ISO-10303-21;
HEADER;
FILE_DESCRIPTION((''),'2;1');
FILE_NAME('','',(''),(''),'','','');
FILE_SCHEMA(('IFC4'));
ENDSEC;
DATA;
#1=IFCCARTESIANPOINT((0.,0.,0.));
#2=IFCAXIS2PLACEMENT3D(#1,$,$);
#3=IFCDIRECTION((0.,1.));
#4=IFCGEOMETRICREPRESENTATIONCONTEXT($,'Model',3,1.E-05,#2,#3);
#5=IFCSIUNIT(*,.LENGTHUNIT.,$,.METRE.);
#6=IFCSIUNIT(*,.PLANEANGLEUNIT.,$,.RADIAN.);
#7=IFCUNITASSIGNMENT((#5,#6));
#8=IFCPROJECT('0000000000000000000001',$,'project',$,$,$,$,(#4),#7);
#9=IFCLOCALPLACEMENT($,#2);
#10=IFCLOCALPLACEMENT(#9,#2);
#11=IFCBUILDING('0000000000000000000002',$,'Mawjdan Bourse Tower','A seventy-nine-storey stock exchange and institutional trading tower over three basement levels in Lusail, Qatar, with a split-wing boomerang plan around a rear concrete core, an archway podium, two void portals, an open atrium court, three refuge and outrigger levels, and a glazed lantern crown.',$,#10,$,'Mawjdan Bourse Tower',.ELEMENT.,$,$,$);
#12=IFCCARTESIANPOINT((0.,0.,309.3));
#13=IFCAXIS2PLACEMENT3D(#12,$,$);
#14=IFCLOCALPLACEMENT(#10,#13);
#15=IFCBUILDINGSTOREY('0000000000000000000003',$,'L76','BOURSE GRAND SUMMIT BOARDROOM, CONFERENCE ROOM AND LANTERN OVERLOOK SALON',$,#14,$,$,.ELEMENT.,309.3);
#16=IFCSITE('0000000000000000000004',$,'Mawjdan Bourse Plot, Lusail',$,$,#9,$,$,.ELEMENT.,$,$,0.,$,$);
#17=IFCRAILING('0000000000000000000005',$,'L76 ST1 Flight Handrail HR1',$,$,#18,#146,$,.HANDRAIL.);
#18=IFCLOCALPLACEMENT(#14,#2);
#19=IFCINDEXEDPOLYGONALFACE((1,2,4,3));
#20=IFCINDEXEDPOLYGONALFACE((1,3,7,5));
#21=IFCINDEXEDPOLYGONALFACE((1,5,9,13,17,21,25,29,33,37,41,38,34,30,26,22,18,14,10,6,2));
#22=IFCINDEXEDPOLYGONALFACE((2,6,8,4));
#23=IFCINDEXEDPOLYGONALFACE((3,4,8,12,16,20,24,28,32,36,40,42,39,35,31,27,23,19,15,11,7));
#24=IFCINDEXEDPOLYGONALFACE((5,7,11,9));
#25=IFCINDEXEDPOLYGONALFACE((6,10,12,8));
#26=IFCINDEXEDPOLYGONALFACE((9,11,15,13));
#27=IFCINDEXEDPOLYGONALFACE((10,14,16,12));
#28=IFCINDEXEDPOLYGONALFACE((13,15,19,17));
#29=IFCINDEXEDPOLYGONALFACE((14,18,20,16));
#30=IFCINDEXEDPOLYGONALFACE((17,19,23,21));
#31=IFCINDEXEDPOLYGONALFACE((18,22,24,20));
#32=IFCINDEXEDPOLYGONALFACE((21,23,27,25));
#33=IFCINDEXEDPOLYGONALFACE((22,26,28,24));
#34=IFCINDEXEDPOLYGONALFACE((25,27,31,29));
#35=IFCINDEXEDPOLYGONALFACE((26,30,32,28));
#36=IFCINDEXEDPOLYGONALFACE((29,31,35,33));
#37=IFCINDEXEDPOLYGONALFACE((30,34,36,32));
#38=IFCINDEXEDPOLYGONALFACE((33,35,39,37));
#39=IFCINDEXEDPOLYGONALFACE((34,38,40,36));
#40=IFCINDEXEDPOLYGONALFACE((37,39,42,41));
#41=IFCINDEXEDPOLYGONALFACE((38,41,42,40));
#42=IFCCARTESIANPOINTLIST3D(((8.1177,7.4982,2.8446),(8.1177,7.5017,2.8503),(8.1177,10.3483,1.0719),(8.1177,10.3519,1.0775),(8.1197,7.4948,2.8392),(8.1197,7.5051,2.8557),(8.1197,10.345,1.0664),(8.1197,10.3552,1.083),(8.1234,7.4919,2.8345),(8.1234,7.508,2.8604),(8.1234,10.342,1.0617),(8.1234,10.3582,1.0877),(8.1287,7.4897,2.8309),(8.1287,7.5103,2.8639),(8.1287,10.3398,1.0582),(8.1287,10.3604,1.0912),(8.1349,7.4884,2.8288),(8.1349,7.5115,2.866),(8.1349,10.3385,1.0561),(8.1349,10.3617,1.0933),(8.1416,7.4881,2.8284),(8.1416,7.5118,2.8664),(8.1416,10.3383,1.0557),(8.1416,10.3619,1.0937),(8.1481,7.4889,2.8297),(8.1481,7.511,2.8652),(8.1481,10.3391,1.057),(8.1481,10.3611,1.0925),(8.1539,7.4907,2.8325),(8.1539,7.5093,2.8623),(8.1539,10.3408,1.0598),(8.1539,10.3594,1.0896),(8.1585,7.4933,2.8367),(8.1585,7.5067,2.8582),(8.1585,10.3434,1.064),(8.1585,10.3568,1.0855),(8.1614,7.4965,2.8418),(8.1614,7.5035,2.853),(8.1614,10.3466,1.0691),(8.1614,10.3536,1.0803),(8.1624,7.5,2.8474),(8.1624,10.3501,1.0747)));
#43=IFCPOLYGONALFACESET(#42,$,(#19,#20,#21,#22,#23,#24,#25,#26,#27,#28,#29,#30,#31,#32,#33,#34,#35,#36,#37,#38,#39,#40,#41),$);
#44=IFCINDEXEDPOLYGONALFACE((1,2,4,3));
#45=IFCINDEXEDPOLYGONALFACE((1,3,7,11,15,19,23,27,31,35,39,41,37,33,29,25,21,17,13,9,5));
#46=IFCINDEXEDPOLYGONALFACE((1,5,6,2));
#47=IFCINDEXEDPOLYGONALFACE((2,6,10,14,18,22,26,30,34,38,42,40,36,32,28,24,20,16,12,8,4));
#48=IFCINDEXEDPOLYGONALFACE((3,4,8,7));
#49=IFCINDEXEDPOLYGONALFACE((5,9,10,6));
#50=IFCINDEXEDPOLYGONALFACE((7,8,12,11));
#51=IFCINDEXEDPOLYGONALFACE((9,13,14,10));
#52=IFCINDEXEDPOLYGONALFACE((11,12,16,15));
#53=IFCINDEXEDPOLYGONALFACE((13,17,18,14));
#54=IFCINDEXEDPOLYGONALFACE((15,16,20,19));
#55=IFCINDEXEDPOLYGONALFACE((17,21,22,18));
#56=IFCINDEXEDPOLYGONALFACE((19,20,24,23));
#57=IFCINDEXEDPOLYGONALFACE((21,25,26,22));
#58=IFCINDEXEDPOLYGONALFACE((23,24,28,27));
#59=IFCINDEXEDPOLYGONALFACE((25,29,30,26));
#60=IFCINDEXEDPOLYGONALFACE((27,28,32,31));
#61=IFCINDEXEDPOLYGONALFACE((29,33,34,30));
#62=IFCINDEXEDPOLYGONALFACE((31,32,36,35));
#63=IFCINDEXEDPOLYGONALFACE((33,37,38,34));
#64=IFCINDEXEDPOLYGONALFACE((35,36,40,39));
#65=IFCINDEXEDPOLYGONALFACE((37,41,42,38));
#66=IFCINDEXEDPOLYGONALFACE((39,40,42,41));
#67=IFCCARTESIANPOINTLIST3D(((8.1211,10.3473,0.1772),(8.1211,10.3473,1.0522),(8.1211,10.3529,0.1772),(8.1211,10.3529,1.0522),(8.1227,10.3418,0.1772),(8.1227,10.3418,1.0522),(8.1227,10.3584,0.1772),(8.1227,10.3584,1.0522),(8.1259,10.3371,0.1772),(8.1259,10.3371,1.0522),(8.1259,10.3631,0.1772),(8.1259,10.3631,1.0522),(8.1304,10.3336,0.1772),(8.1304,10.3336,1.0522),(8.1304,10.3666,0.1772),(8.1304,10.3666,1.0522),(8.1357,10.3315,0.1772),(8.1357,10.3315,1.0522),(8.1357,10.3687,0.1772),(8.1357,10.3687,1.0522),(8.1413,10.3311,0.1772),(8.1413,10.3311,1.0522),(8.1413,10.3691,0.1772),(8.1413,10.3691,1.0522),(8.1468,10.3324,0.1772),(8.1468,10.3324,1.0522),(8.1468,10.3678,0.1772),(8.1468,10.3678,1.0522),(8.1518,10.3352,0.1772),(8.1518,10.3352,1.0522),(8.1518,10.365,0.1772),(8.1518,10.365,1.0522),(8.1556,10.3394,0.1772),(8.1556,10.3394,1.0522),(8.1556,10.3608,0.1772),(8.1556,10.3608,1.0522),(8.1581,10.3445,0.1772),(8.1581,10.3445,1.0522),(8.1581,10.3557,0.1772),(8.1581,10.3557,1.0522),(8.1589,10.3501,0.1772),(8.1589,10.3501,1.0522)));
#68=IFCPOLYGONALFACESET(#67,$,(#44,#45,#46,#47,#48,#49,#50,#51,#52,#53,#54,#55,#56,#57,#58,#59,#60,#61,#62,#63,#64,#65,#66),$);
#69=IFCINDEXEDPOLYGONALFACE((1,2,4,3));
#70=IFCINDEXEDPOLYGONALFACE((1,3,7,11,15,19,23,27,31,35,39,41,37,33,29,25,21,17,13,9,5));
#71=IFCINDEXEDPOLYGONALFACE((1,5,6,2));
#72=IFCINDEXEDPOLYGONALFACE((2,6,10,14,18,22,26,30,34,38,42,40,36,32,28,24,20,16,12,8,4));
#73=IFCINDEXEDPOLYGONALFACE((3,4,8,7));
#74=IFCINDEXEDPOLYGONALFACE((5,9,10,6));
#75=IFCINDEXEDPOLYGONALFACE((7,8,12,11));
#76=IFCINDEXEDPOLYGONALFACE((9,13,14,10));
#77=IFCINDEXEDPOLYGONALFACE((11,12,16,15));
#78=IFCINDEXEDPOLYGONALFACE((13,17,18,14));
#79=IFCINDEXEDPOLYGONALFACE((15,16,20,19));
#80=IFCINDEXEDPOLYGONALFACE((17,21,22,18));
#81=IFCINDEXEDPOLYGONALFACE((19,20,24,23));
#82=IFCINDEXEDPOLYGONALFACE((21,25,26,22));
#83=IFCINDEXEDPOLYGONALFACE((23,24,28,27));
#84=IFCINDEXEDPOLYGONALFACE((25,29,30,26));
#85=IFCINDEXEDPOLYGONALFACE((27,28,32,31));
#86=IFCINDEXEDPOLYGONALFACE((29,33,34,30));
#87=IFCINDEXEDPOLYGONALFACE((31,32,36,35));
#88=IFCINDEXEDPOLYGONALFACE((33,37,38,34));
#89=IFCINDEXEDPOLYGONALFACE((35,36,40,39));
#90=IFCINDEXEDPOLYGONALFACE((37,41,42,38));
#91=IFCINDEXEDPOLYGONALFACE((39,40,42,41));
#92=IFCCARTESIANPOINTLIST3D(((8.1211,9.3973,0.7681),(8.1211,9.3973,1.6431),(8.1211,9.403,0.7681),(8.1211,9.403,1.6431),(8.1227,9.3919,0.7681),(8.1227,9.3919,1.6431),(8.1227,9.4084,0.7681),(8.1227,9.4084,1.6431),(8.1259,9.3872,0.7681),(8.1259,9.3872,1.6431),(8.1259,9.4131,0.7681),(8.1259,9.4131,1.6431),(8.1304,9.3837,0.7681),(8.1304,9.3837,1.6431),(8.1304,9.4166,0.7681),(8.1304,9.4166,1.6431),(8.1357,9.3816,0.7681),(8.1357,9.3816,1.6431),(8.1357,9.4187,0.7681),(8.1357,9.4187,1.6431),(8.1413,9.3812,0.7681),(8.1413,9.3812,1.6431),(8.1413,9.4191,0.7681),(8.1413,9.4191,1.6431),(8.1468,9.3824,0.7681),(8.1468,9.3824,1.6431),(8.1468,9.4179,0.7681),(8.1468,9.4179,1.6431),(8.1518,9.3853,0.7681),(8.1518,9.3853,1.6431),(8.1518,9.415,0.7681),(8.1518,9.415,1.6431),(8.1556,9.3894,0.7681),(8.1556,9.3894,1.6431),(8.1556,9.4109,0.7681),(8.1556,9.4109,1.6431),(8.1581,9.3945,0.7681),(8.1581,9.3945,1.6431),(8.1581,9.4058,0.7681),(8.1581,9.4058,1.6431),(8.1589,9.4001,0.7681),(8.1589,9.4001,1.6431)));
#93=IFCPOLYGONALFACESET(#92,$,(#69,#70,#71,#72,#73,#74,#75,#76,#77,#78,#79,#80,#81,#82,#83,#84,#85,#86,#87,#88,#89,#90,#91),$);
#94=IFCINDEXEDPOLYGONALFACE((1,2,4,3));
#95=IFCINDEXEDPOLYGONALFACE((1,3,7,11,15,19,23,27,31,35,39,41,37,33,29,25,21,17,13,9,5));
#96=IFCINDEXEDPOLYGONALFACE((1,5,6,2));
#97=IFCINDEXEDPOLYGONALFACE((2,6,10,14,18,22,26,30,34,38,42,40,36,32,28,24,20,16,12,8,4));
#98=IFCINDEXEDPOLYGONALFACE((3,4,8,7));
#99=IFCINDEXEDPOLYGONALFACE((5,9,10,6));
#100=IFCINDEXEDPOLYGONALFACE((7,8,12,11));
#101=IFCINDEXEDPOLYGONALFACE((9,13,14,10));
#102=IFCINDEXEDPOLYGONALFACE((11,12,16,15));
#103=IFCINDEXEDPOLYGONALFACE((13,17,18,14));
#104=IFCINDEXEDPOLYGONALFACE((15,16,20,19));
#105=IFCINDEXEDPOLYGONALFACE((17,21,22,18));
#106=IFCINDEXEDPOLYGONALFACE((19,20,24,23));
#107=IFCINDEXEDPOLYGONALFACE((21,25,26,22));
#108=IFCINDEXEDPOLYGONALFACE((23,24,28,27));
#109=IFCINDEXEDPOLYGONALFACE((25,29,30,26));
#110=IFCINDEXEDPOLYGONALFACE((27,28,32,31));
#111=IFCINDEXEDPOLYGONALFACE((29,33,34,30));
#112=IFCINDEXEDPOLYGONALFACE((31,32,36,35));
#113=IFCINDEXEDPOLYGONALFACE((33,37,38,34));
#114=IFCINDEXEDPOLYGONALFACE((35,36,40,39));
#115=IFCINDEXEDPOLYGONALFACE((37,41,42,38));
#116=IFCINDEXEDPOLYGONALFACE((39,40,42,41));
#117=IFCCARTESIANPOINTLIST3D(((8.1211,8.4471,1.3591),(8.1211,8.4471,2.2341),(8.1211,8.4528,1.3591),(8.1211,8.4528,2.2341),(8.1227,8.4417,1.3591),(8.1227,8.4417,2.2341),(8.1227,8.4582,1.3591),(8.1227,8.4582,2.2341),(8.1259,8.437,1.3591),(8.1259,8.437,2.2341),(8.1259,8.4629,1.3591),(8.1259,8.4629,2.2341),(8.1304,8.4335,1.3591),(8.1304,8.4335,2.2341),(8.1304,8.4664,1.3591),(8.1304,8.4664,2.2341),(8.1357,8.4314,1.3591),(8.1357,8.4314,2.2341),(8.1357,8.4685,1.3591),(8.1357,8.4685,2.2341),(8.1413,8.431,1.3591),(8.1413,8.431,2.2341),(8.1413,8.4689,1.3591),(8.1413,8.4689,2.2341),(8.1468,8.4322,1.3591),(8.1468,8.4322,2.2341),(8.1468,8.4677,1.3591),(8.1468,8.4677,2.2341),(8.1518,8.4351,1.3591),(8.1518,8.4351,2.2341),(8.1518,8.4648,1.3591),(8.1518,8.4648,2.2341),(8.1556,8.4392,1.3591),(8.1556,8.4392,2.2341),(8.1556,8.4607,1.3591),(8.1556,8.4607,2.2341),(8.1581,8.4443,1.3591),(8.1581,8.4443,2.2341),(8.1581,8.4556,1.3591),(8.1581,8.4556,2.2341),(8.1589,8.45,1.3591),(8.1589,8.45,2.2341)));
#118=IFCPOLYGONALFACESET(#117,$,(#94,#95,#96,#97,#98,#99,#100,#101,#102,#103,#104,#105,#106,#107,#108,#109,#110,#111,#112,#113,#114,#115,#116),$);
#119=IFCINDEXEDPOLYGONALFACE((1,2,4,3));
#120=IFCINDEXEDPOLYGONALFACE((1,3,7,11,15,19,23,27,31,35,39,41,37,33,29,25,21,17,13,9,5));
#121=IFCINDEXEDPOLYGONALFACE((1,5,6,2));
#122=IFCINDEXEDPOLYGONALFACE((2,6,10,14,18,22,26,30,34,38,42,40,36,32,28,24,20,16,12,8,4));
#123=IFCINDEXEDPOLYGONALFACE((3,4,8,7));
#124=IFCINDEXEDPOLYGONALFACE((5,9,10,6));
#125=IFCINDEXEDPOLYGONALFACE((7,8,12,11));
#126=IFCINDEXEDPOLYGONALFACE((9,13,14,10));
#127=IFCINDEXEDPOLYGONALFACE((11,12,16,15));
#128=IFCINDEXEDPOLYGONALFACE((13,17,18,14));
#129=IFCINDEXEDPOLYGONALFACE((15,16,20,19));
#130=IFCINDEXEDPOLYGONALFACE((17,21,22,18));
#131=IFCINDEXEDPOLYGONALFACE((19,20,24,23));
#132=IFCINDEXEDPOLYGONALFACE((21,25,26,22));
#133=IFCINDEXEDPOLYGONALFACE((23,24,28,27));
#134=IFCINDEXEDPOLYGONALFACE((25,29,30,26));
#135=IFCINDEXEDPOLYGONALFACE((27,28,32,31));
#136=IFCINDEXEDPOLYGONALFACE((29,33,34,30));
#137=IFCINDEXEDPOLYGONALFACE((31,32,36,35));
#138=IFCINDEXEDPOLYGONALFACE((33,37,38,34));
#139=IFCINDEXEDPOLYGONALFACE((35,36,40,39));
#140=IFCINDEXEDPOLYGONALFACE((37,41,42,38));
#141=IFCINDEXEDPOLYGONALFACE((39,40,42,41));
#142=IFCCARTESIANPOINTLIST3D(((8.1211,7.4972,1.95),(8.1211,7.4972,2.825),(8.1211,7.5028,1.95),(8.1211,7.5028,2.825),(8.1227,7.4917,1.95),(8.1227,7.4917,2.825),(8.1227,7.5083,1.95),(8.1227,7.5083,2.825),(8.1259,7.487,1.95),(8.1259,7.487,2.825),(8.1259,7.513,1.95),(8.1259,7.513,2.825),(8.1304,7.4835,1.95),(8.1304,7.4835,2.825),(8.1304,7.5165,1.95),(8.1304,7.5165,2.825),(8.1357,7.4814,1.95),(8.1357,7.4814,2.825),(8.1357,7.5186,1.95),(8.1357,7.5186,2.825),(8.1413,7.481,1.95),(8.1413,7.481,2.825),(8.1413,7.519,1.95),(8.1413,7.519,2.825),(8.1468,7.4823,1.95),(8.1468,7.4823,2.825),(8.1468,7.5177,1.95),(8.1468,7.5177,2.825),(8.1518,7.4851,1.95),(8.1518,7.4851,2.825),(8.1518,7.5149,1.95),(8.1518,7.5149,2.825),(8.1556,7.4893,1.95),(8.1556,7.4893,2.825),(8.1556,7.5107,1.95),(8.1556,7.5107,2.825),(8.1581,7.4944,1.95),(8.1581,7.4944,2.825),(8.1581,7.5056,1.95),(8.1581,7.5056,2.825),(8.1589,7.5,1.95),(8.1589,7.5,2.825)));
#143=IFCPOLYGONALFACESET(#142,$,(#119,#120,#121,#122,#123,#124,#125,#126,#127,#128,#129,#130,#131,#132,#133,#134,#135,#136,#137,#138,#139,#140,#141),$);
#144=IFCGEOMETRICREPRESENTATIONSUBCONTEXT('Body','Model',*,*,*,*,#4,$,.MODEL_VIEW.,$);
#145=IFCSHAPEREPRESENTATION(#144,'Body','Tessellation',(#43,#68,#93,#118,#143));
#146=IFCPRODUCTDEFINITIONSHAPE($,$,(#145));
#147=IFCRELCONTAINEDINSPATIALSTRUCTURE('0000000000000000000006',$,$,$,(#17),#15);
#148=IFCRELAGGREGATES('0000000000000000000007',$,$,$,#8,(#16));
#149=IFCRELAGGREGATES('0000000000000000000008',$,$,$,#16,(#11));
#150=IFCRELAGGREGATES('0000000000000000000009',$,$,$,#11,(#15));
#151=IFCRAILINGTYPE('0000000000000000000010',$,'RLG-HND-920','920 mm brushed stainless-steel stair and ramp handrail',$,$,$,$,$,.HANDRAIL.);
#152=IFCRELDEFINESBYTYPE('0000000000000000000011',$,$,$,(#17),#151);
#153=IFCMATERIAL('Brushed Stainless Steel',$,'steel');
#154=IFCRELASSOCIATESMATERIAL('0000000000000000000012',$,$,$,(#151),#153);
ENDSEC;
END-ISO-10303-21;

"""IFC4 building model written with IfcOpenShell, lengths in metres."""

from ifc_helpers import new_model, si_unit, direction, frame, origin, origin_2d, place, context, subcontext, project, spatial, circle, extrude, material, type_object, element, save


model = new_model("IFC4")

# Units and contexts
model_context = context("Model", 3, precision=1e-05, world=origin(), true_north=direction((0.0, 1.0)))
body_context = subcontext(model_context, "Body", "Model", "MODEL_VIEW")
ifc_project = project(units=[si_unit("LENGTHUNIT", "METRE"), si_unit("PLANEANGLEUNIT", "RADIAN")], contexts=[model_context])

# Site, building, storey
site_placement = place(None, origin())
site = spatial("IfcSite", under=ifc_project, at=site_placement, Name="Mawjdan Bourse Plot, Lusail", CompositionType="ELEMENT", RefElevation=0.0)
building_placement = place(site_placement, origin())
building = spatial("IfcBuilding", under=site, at=building_placement, Name="Mawjdan Bourse Tower", Description="A seventy-nine-storey stock exchange and institutional trading tower over three basement levels in Lusail, Qatar, with a split-wing boomerang plan around a rear concrete core, an archway podium, two void portals, an open atrium court, three refuge and outrigger levels, and a glazed lantern crown.", LongName="Mawjdan Bourse Tower", CompositionType="ELEMENT")
storey_placement = place(building_placement, frame((0.0, 0.0, 309.3)))
storey = spatial("IfcBuildingStorey", under=building, at=storey_placement, Name="L76", Description="BOURSE GRAND SUMMIT BOARDROOM, CONFERENCE ROOM AND LANTERN OVERLOOK SALON", CompositionType="ELEMENT", Elevation=309.3)

# Railing
ifc_material_1 = material(Name="Brushed Stainless Steel", Category="steel")
railing_type_1 = type_object("IfcRailingType", Name="RLG-HND-920", Description="920 mm brushed stainless-steel stair and ramp handrail", PredefinedType="HANDRAIL", material=ifc_material_1)
railing_1_placement = place(storey_placement, frame((8.1399, 10.3501, 0.1772)))
element("IfcRailing", 1, at=railing_1_placement, inside=storey, type_object=railing_type_1, Name="L76 ST1 Flight Handrail HR1", PredefinedType="HANDRAIL", context=body_context, shape_type="SweptSolid", body=[
    extrude(circle(Radius=0.0225, at=origin_2d()), frame((0.0, 0.0, 0.8975), z_axis=(0.0, -0.849149, 0.528154), x_axis=(1.0, 0.0, 0.0)), (0.0, 0.0, 1.0), 3.3564),
    extrude(circle(Radius=0.019, at=origin_2d()), origin(), (0.0, 0.0, 1.0), 0.875),
    extrude(circle(Radius=0.019, at=origin_2d()), frame((0.0, -0.95, 0.5908)), (0.0, 0.0, 1.0), 0.875),
    extrude(circle(Radius=0.019, at=origin_2d()), frame((0.0, -1.9001, 1.1819)), (0.0, 0.0, 1.0), 0.875),
    extrude(circle(Radius=0.019, at=origin_2d()), frame((0.0, -2.8501, 1.7727)), (0.0, 0.0, 1.0), 0.875),
])

save(model, "model.ifc")
